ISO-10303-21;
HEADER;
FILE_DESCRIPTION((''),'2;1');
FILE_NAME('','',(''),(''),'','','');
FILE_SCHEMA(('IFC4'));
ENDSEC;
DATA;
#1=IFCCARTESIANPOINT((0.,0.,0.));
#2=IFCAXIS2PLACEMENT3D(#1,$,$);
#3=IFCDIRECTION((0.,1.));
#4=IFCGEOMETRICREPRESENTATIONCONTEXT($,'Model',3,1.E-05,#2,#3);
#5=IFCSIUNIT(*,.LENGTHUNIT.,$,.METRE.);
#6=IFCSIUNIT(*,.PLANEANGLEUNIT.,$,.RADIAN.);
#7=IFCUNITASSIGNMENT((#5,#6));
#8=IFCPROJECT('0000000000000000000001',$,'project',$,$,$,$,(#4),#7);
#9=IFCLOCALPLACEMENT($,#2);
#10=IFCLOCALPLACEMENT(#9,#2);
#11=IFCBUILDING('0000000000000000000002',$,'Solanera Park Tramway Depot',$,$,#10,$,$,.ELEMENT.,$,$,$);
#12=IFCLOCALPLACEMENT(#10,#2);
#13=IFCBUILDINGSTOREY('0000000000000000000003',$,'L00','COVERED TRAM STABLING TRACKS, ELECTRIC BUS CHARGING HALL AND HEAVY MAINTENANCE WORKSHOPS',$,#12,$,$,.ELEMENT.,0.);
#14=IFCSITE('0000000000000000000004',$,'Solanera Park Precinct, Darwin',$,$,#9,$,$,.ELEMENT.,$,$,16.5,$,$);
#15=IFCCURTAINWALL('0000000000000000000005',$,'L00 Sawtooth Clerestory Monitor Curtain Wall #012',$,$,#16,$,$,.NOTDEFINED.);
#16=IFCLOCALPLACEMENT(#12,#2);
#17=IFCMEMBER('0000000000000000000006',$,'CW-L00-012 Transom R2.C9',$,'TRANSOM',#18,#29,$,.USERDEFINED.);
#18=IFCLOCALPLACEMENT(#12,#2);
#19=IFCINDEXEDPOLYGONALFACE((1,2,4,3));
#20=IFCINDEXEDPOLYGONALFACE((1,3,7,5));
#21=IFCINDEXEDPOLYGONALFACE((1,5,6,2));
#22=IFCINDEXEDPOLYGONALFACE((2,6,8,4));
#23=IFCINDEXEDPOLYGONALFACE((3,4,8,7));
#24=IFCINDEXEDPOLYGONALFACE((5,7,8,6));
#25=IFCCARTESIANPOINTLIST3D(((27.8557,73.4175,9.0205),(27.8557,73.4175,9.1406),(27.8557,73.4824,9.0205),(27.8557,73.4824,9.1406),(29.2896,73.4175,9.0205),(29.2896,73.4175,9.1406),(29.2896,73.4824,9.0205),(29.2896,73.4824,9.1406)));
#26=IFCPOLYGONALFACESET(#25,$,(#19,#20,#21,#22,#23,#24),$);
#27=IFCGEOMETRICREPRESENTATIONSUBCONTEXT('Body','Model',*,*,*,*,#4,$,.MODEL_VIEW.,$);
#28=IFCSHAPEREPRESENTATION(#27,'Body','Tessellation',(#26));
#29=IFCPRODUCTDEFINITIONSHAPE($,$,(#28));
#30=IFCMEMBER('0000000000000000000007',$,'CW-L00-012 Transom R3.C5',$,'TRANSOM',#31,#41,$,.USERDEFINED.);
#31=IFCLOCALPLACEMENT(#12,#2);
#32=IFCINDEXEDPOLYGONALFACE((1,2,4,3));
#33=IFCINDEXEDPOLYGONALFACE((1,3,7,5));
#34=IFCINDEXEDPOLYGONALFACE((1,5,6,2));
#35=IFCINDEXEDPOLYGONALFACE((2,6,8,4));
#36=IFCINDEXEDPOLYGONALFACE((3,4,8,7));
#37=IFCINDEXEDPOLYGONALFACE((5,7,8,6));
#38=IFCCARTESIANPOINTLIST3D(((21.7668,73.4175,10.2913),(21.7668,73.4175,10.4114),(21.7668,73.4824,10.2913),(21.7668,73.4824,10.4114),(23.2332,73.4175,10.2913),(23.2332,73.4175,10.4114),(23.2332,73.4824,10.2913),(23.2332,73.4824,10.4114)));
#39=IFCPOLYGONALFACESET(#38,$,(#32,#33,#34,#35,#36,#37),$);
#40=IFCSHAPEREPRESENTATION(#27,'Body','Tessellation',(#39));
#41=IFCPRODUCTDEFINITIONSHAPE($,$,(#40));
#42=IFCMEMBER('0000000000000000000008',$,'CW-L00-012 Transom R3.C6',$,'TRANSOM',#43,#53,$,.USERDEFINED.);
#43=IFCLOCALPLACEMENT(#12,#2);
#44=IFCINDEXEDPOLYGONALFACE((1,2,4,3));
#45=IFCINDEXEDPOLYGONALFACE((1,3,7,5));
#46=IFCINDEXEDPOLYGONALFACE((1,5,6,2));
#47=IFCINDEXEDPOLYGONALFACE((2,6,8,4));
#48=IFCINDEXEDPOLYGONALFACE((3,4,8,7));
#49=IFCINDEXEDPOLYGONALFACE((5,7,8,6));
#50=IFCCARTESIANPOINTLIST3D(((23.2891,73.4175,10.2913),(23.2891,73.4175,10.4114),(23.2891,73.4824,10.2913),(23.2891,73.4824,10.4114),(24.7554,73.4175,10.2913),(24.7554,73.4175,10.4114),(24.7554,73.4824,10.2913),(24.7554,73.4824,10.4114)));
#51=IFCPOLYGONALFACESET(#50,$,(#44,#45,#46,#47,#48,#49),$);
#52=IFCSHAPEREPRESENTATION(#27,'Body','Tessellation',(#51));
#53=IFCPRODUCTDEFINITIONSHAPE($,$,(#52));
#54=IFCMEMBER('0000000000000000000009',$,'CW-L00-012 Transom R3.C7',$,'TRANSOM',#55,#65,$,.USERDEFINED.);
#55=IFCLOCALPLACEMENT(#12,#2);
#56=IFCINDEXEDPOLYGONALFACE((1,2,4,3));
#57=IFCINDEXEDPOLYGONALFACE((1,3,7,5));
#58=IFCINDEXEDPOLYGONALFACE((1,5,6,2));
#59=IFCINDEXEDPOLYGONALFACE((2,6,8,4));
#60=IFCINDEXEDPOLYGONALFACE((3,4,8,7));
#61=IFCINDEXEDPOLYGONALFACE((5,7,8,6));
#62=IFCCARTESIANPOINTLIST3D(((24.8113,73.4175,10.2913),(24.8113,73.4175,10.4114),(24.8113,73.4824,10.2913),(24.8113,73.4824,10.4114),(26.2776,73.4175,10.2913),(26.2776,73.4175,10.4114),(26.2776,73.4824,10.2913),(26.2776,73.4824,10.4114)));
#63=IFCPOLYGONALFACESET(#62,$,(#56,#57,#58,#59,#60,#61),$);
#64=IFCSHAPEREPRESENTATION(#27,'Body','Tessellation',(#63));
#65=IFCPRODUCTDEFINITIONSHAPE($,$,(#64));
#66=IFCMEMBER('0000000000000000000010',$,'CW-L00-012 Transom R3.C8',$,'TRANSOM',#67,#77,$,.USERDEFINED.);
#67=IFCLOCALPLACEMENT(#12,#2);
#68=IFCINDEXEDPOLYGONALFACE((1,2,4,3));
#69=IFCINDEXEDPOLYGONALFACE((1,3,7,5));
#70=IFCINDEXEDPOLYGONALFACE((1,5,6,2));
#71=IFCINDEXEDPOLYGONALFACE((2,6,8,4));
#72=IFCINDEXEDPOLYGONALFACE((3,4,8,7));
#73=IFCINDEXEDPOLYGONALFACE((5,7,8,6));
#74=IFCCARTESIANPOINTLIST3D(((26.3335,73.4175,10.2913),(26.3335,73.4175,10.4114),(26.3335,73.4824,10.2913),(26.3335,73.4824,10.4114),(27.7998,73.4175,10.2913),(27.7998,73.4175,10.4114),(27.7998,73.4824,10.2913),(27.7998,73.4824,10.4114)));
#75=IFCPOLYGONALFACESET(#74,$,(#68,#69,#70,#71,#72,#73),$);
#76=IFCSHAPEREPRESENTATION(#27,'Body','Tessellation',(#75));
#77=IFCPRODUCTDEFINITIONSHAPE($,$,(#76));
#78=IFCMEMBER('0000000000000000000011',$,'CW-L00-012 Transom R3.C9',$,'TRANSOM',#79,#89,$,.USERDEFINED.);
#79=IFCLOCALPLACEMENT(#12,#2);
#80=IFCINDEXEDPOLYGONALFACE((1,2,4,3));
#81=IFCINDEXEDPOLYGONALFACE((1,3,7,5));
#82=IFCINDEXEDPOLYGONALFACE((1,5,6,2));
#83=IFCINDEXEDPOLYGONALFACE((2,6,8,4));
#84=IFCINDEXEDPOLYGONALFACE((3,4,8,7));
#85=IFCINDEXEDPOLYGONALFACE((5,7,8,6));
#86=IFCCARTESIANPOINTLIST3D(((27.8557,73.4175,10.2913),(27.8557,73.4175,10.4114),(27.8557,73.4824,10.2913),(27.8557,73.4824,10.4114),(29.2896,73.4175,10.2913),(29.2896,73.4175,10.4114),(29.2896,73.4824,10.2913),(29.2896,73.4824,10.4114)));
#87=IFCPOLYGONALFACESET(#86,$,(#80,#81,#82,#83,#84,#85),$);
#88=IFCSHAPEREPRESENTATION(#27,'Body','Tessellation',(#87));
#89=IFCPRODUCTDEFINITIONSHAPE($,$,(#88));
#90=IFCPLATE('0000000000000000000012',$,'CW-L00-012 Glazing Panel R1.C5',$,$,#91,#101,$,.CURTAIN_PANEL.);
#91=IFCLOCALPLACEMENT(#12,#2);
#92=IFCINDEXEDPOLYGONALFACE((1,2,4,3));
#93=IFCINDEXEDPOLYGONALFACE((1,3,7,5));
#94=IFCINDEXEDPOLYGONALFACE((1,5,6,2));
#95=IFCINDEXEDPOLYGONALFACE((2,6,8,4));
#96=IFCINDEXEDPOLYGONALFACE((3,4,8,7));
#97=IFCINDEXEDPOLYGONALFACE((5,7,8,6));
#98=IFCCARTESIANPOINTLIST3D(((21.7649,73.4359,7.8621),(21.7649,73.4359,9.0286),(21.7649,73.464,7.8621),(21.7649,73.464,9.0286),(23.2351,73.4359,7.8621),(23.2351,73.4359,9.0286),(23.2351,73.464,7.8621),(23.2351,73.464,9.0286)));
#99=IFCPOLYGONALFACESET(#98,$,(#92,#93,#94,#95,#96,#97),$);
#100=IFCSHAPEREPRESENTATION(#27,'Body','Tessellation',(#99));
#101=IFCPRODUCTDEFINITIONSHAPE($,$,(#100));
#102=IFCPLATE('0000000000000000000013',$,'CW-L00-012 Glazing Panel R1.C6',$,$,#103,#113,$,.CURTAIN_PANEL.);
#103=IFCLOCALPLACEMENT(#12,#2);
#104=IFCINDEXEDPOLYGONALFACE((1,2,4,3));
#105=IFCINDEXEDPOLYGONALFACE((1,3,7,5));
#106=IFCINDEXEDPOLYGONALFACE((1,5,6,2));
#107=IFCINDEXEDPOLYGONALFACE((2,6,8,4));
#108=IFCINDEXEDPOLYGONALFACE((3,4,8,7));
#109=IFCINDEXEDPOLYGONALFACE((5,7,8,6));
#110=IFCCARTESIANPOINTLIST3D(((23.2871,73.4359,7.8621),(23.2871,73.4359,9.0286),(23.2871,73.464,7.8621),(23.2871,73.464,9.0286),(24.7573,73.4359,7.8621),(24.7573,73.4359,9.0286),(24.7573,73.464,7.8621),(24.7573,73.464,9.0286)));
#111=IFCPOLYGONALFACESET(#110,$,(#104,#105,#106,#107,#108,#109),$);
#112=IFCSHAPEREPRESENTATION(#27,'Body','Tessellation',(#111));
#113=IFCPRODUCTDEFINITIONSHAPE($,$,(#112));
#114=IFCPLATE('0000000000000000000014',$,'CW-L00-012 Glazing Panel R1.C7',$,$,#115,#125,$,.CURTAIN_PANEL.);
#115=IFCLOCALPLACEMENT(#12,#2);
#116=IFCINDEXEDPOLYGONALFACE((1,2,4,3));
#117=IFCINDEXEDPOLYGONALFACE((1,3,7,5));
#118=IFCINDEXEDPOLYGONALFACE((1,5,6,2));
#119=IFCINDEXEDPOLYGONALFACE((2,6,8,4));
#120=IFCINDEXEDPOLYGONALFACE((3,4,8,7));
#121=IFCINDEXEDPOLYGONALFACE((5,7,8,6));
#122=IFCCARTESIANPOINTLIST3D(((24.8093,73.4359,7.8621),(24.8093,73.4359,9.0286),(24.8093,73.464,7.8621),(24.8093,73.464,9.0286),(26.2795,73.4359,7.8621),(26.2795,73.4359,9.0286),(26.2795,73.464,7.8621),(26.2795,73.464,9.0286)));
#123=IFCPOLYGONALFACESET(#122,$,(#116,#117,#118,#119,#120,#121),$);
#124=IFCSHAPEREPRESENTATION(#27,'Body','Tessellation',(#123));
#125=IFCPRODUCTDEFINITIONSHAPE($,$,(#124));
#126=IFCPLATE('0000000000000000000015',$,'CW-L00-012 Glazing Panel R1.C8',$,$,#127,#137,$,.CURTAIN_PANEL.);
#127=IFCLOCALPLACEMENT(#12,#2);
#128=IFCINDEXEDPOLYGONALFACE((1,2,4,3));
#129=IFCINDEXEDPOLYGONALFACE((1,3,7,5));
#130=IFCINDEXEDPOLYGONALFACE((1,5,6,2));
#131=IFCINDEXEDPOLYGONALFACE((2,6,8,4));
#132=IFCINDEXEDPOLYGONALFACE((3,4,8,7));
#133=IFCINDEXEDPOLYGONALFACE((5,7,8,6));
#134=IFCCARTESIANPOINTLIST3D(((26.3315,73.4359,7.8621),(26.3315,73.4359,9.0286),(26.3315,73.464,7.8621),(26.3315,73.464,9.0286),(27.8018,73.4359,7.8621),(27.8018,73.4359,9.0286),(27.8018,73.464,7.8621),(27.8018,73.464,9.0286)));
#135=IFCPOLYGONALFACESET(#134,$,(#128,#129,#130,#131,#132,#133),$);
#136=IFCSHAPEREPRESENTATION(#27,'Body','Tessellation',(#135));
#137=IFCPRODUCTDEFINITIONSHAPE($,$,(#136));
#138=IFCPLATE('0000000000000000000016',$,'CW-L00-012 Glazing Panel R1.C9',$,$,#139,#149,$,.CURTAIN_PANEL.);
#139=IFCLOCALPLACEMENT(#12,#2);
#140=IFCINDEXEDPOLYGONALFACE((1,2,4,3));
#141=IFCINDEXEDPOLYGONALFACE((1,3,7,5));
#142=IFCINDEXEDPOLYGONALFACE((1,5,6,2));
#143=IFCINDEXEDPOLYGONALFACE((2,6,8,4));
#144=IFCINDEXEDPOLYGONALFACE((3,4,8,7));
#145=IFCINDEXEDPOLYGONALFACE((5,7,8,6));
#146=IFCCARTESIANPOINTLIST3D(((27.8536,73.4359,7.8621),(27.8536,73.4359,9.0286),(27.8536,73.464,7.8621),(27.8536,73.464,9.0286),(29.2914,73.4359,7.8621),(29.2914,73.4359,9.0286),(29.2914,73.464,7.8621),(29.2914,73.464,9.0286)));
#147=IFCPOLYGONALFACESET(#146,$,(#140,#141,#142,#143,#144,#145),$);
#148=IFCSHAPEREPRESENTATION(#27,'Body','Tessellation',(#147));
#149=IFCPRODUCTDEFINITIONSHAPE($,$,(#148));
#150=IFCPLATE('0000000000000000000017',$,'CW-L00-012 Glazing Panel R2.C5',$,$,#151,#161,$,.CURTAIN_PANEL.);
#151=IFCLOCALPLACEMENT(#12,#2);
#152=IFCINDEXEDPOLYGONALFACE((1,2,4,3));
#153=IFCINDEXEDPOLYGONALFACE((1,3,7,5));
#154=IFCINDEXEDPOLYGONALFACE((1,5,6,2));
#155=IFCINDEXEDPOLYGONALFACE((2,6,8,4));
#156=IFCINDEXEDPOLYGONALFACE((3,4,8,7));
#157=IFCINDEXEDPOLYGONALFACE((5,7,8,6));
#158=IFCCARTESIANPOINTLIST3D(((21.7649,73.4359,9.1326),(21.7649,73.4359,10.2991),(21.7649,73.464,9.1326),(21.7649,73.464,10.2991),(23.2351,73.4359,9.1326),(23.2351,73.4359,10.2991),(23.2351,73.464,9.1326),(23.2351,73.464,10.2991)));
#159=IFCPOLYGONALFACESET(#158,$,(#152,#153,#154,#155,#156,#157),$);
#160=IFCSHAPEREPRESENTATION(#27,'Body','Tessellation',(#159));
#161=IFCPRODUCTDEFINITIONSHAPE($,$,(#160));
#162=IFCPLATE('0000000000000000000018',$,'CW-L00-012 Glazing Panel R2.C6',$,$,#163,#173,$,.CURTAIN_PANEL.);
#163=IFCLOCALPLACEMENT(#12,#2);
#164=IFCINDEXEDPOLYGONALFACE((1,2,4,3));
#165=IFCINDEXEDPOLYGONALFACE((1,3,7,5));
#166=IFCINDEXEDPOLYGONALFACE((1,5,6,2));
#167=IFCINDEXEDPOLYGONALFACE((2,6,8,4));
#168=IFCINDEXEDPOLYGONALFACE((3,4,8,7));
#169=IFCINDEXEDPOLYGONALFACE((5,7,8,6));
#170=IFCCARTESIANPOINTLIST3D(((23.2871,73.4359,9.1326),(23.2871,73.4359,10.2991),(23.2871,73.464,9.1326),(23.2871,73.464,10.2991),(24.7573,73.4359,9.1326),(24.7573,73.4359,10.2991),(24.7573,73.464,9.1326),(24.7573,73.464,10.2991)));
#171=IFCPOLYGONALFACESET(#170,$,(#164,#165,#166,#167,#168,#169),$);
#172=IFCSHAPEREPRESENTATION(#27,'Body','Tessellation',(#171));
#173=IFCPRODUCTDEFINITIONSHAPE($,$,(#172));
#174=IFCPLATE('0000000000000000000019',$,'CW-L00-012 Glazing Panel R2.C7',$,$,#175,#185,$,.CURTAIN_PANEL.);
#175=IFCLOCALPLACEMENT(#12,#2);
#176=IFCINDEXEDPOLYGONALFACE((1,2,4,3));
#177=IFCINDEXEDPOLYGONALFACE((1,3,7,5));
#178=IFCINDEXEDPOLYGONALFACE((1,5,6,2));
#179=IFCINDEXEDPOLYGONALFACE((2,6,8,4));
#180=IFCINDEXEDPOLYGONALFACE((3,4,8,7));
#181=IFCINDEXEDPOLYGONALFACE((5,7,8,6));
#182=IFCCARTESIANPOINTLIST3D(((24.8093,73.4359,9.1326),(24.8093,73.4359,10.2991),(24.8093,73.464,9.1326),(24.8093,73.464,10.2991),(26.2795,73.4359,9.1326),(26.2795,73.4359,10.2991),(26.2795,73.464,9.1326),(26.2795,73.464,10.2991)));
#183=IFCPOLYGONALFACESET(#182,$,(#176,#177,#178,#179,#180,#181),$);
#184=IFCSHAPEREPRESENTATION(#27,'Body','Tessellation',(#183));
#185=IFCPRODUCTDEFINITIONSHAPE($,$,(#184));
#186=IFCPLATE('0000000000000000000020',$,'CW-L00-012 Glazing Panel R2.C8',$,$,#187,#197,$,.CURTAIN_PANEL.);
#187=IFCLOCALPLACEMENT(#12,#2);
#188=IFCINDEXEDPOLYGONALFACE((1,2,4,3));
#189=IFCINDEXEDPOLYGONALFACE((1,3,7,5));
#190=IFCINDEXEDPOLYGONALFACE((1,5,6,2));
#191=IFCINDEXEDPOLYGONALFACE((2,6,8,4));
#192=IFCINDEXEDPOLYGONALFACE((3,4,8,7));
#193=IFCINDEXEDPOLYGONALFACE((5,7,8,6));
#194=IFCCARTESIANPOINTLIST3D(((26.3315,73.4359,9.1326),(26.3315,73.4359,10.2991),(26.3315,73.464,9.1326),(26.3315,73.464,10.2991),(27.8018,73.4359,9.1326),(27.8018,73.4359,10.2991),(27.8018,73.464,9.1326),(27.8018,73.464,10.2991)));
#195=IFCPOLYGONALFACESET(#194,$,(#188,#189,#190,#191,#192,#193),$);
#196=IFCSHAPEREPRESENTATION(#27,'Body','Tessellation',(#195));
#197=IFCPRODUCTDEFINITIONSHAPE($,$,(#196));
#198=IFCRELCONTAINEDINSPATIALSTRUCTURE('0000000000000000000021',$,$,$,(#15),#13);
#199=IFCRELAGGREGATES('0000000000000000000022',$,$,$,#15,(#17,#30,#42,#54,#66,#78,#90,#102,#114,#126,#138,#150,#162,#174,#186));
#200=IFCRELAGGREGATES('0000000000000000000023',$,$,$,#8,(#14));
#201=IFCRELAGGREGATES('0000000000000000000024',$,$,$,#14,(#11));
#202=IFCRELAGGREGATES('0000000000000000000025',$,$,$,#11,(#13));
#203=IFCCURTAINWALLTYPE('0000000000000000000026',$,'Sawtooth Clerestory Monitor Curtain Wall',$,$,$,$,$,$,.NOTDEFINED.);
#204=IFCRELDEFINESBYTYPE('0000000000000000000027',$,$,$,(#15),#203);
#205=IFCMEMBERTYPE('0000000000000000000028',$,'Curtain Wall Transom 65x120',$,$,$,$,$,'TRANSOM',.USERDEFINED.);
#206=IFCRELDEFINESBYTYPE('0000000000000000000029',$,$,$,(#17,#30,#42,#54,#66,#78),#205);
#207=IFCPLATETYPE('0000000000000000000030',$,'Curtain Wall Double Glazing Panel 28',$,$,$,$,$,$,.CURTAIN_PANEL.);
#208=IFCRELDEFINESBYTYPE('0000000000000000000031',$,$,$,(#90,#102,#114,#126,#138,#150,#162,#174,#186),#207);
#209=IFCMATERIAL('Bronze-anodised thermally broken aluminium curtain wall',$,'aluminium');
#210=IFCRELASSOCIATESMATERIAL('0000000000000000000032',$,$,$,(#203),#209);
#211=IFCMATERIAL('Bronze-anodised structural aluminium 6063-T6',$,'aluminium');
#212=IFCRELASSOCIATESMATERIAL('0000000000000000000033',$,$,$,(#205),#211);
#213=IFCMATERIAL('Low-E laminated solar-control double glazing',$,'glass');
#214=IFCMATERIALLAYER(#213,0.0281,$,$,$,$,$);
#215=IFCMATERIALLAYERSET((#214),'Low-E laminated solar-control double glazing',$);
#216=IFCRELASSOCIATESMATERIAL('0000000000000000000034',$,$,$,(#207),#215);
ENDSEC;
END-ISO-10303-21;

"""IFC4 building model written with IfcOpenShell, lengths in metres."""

from ifc_helpers import new_model, si_unit, direction, frame, origin, origin_2d, place, context, subcontext, project, spatial, rectangle, extrude, material, layer, layer_set, material_profile, profile_set, type_object, element, aggregate, save


model = new_model("IFC4")

# Units and contexts
model_context = context("Model", 3, precision=1e-05, world=origin(), true_north=direction((0.0, 1.0)))
body_context = subcontext(model_context, "Body", "Model", "MODEL_VIEW")
ifc_project = project(units=[si_unit("LENGTHUNIT", "METRE"), si_unit("PLANEANGLEUNIT", "RADIAN")], contexts=[model_context])

# Site, building, storey
site_placement = place(None, origin())
site = spatial("IfcSite", under=ifc_project, at=site_placement, Name="Solanera Park Precinct, Darwin", CompositionType="ELEMENT", RefElevation=16.5)
building_placement = place(site_placement, origin())
building = spatial("IfcBuilding", under=site, at=building_placement, Name="Solanera Park Tramway Depot", CompositionType="ELEMENT")
storey_placement = place(building_placement, origin())
storey = spatial("IfcBuildingStorey", under=building, at=storey_placement, Name="L00", Description="COVERED TRAM STABLING TRACKS, ELECTRIC BUS CHARGING HALL AND HEAVY MAINTENANCE WORKSHOPS", CompositionType="ELEMENT", Elevation=0.0)

# Curtain wall
ifc_material_1 = material(Name="Bronze-anodised thermally broken aluminium curtain wall", Category="aluminium")
curtain_wall_type = type_object("IfcCurtainWallType", Name="Sawtooth Clerestory Monitor Curtain Wall", PredefinedType="NOTDEFINED", material=ifc_material_1)
curtain_wall_1_placement = place(storey_placement, origin())
curtain_wall_1 = element("IfcCurtainWall", 1, at=curtain_wall_1_placement, inside=storey, type_object=curtain_wall_type, Name="L00 Sawtooth Clerestory Monitor Curtain Wall #012", PredefinedType="NOTDEFINED")

# Members
ifc_material_2 = material(Name="Bronze-anodised structural aluminium 6063-T6", Category="aluminium")
ifc_material_profile_1 = material_profile(ifc_material_2, rectangle(XDim=0.0649, YDim=0.1201, at=origin_2d()), Name="Curtain Wall Transom 65x120")
ifc_profile_set_1 = profile_set([ifc_material_profile_1], Name="Bronze-anodised structural aluminium 6063-T6")
member_type_1 = type_object("IfcMemberType", Name="Curtain Wall Transom 65x120", ElementType="TRANSOM", PredefinedType="USERDEFINED", material=ifc_profile_set_1)
member_1_placement = place(storey_placement, frame((27.8557, 73.45, 9.0806), z_axis=(1.0, 0.0, 0.0), x_axis=(0.0, 1.0, 0.0)))
member_1 = element("IfcMember", 2, at=member_1_placement, type_object=member_type_1, Name="CW-L00-012 Transom R2.C9", ObjectType="TRANSOM", PredefinedType="USERDEFINED", context=body_context, shape_type="SweptSolid", body=[
    extrude(rectangle(XDim=0.0649, YDim=0.1201, at=origin_2d()), origin(), (0.0, 0.0, 1.0), 1.4338),
])
member_2_placement = place(storey_placement, frame((21.7668, 73.45, 10.3513), z_axis=(1.0, 0.0, 0.0), x_axis=(0.0, 1.0, 0.0)))
member_2 = element("IfcMember", 3, at=member_2_placement, type_object=member_type_1, Name="CW-L00-012 Transom R3.C5", ObjectType="TRANSOM", PredefinedType="USERDEFINED", context=body_context, shape_type="SweptSolid", body=[
    extrude(rectangle(XDim=0.0649, YDim=0.1201, at=origin_2d()), origin(), (0.0, 0.0, 1.0), 1.4663),
])
member_3_placement = place(storey_placement, frame((23.2891, 73.45, 10.3513), z_axis=(1.0, 0.0, 0.0), x_axis=(0.0, 1.0, 0.0)))
member_3 = element("IfcMember", 4, at=member_3_placement, type_object=member_type_1, Name="CW-L00-012 Transom R3.C6", ObjectType="TRANSOM", PredefinedType="USERDEFINED", context=body_context, shape_type="SweptSolid", body=[
    extrude(rectangle(XDim=0.0649, YDim=0.1201, at=origin_2d()), origin(), (0.0, 0.0, 1.0), 1.4663),
])
member_4_placement = place(storey_placement, frame((24.8113, 73.45, 10.3513), z_axis=(1.0, 0.0, 0.0), x_axis=(0.0, 1.0, 0.0)))
member_4 = element("IfcMember", 5, at=member_4_placement, type_object=member_type_1, Name="CW-L00-012 Transom R3.C7", ObjectType="TRANSOM", PredefinedType="USERDEFINED", context=body_context, shape_type="SweptSolid", body=[
    extrude(rectangle(XDim=0.0649, YDim=0.1201, at=origin_2d()), origin(), (0.0, 0.0, 1.0), 1.4663),
])
member_5_placement = place(storey_placement, frame((26.3335, 73.45, 10.3513), z_axis=(1.0, 0.0, 0.0), x_axis=(0.0, 1.0, 0.0)))
member_5 = element("IfcMember", 6, at=member_5_placement, type_object=member_type_1, Name="CW-L00-012 Transom R3.C8", ObjectType="TRANSOM", PredefinedType="USERDEFINED", context=body_context, shape_type="SweptSolid", body=[
    extrude(rectangle(XDim=0.0649, YDim=0.1201, at=origin_2d()), origin(), (0.0, 0.0, 1.0), 1.4663),
])
member_6_placement = place(storey_placement, frame((27.8557, 73.45, 10.3513), z_axis=(1.0, 0.0, 0.0), x_axis=(0.0, 1.0, 0.0)))
member_6 = element("IfcMember", 7, at=member_6_placement, type_object=member_type_1, Name="CW-L00-012 Transom R3.C9", ObjectType="TRANSOM", PredefinedType="USERDEFINED", context=body_context, shape_type="SweptSolid", body=[
    extrude(rectangle(XDim=0.0649, YDim=0.1201, at=origin_2d()), origin(), (0.0, 0.0, 1.0), 1.4338),
])

# Plates
ifc_material_3 = material(Name="Low-E laminated solar-control double glazing", Category="glass")
ifc_layer = layer(ifc_material_3, 0.0281)
ifc_layer_set = layer_set([ifc_layer], Name="Low-E laminated solar-control double glazing")
plate_type = type_object("IfcPlateType", Name="Curtain Wall Double Glazing Panel 28", PredefinedType="CURTAIN_PANEL", material=ifc_layer_set)
plate_1_placement = place(storey_placement, frame((22.5, 73.45, 7.8621), z_axis=(0.0, 0.0, 1.0), x_axis=(1.0, 0.0, 0.0)))
plate_1 = element("IfcPlate", 8, at=plate_1_placement, type_object=plate_type, Name="CW-L00-012 Glazing Panel R1.C5", PredefinedType="CURTAIN_PANEL", context=body_context, shape_type="SweptSolid", body=[
    extrude(rectangle(XDim=1.4702, YDim=0.0281, at=origin_2d()), origin(), (0.0, 0.0, 1.0), 1.1665),
])
plate_2_placement = place(storey_placement, frame((24.0222, 73.45, 7.8621), z_axis=(0.0, 0.0, 1.0), x_axis=(1.0, 0.0, 0.0)))
plate_2 = element("IfcPlate", 9, at=plate_2_placement, type_object=plate_type, Name="CW-L00-012 Glazing Panel R1.C6", PredefinedType="CURTAIN_PANEL", context=body_context, shape_type="SweptSolid", body=[
    extrude(rectangle(XDim=1.4702, YDim=0.0281, at=origin_2d()), origin(), (0.0, 0.0, 1.0), 1.1665),
])
plate_3_placement = place(storey_placement, frame((25.5444, 73.45, 7.8621), z_axis=(0.0, 0.0, 1.0), x_axis=(1.0, 0.0, 0.0)))
plate_3 = element("IfcPlate", 10, at=plate_3_placement, type_object=plate_type, Name="CW-L00-012 Glazing Panel R1.C7", PredefinedType="CURTAIN_PANEL", context=body_context, shape_type="SweptSolid", body=[
    extrude(rectangle(XDim=1.4702, YDim=0.0281, at=origin_2d()), origin(), (0.0, 0.0, 1.0), 1.1665),
])
plate_4_placement = place(storey_placement, frame((27.0667, 73.45, 7.8621), z_axis=(0.0, 0.0, 1.0), x_axis=(1.0, 0.0, 0.0)))
plate_4 = element("IfcPlate", 11, at=plate_4_placement, type_object=plate_type, Name="CW-L00-012 Glazing Panel R1.C8", PredefinedType="CURTAIN_PANEL", context=body_context, shape_type="SweptSolid", body=[
    extrude(rectangle(XDim=1.4702, YDim=0.0281, at=origin_2d()), origin(), (0.0, 0.0, 1.0), 1.1665),
])
plate_5_placement = place(storey_placement, frame((28.5725, 73.45, 7.8621), z_axis=(0.0, 0.0, 1.0), x_axis=(1.0, 0.0, 0.0)))
plate_5 = element("IfcPlate", 12, at=plate_5_placement, type_object=plate_type, Name="CW-L00-012 Glazing Panel R1.C9", PredefinedType="CURTAIN_PANEL", context=body_context, shape_type="SweptSolid", body=[
    extrude(rectangle(XDim=1.4377, YDim=0.0281, at=origin_2d()), origin(), (0.0, 0.0, 1.0), 1.1665),
])
plate_6_placement = place(storey_placement, frame((22.5, 73.45, 9.1326), z_axis=(0.0, 0.0, 1.0), x_axis=(1.0, 0.0, 0.0)))
plate_6 = element("IfcPlate", 13, at=plate_6_placement, type_object=plate_type, Name="CW-L00-012 Glazing Panel R2.C5", PredefinedType="CURTAIN_PANEL", context=body_context, shape_type="SweptSolid", body=[
    extrude(rectangle(XDim=1.4702, YDim=0.0281, at=origin_2d()), origin(), (0.0, 0.0, 1.0), 1.1665),
])
plate_7_placement = place(storey_placement, frame((24.0222, 73.45, 9.1326), z_axis=(0.0, 0.0, 1.0), x_axis=(1.0, 0.0, 0.0)))
plate_7 = element("IfcPlate", 14, at=plate_7_placement, type_object=plate_type, Name="CW-L00-012 Glazing Panel R2.C6", PredefinedType="CURTAIN_PANEL", context=body_context, shape_type="SweptSolid", body=[
    extrude(rectangle(XDim=1.4702, YDim=0.0281, at=origin_2d()), origin(), (0.0, 0.0, 1.0), 1.1665),
])
plate_8_placement = place(storey_placement, frame((25.5444, 73.45, 9.1326), z_axis=(0.0, 0.0, 1.0), x_axis=(1.0, 0.0, 0.0)))
plate_8 = element("IfcPlate", 15, at=plate_8_placement, type_object=plate_type, Name="CW-L00-012 Glazing Panel R2.C7", PredefinedType="CURTAIN_PANEL", context=body_context, shape_type="SweptSolid", body=[
    extrude(rectangle(XDim=1.4702, YDim=0.0281, at=origin_2d()), origin(), (0.0, 0.0, 1.0), 1.1665),
])
plate_9_placement = place(storey_placement, frame((27.0667, 73.45, 9.1326), z_axis=(0.0, 0.0, 1.0), x_axis=(1.0, 0.0, 0.0)))
plate_9 = element("IfcPlate", 16, at=plate_9_placement, type_object=plate_type, Name="CW-L00-012 Glazing Panel R2.C8", PredefinedType="CURTAIN_PANEL", context=body_context, shape_type="SweptSolid", body=[
    extrude(rectangle(XDim=1.4702, YDim=0.0281, at=origin_2d()), origin(), (0.0, 0.0, 1.0), 1.1665),
])
aggregate(curtain_wall_1, [member_1, member_2, member_3, member_4, member_5, member_6, plate_1, plate_2, plate_3, plate_4, plate_5, plate_6, plate_7, plate_8, plate_9])

save(model, "model.ifc")
